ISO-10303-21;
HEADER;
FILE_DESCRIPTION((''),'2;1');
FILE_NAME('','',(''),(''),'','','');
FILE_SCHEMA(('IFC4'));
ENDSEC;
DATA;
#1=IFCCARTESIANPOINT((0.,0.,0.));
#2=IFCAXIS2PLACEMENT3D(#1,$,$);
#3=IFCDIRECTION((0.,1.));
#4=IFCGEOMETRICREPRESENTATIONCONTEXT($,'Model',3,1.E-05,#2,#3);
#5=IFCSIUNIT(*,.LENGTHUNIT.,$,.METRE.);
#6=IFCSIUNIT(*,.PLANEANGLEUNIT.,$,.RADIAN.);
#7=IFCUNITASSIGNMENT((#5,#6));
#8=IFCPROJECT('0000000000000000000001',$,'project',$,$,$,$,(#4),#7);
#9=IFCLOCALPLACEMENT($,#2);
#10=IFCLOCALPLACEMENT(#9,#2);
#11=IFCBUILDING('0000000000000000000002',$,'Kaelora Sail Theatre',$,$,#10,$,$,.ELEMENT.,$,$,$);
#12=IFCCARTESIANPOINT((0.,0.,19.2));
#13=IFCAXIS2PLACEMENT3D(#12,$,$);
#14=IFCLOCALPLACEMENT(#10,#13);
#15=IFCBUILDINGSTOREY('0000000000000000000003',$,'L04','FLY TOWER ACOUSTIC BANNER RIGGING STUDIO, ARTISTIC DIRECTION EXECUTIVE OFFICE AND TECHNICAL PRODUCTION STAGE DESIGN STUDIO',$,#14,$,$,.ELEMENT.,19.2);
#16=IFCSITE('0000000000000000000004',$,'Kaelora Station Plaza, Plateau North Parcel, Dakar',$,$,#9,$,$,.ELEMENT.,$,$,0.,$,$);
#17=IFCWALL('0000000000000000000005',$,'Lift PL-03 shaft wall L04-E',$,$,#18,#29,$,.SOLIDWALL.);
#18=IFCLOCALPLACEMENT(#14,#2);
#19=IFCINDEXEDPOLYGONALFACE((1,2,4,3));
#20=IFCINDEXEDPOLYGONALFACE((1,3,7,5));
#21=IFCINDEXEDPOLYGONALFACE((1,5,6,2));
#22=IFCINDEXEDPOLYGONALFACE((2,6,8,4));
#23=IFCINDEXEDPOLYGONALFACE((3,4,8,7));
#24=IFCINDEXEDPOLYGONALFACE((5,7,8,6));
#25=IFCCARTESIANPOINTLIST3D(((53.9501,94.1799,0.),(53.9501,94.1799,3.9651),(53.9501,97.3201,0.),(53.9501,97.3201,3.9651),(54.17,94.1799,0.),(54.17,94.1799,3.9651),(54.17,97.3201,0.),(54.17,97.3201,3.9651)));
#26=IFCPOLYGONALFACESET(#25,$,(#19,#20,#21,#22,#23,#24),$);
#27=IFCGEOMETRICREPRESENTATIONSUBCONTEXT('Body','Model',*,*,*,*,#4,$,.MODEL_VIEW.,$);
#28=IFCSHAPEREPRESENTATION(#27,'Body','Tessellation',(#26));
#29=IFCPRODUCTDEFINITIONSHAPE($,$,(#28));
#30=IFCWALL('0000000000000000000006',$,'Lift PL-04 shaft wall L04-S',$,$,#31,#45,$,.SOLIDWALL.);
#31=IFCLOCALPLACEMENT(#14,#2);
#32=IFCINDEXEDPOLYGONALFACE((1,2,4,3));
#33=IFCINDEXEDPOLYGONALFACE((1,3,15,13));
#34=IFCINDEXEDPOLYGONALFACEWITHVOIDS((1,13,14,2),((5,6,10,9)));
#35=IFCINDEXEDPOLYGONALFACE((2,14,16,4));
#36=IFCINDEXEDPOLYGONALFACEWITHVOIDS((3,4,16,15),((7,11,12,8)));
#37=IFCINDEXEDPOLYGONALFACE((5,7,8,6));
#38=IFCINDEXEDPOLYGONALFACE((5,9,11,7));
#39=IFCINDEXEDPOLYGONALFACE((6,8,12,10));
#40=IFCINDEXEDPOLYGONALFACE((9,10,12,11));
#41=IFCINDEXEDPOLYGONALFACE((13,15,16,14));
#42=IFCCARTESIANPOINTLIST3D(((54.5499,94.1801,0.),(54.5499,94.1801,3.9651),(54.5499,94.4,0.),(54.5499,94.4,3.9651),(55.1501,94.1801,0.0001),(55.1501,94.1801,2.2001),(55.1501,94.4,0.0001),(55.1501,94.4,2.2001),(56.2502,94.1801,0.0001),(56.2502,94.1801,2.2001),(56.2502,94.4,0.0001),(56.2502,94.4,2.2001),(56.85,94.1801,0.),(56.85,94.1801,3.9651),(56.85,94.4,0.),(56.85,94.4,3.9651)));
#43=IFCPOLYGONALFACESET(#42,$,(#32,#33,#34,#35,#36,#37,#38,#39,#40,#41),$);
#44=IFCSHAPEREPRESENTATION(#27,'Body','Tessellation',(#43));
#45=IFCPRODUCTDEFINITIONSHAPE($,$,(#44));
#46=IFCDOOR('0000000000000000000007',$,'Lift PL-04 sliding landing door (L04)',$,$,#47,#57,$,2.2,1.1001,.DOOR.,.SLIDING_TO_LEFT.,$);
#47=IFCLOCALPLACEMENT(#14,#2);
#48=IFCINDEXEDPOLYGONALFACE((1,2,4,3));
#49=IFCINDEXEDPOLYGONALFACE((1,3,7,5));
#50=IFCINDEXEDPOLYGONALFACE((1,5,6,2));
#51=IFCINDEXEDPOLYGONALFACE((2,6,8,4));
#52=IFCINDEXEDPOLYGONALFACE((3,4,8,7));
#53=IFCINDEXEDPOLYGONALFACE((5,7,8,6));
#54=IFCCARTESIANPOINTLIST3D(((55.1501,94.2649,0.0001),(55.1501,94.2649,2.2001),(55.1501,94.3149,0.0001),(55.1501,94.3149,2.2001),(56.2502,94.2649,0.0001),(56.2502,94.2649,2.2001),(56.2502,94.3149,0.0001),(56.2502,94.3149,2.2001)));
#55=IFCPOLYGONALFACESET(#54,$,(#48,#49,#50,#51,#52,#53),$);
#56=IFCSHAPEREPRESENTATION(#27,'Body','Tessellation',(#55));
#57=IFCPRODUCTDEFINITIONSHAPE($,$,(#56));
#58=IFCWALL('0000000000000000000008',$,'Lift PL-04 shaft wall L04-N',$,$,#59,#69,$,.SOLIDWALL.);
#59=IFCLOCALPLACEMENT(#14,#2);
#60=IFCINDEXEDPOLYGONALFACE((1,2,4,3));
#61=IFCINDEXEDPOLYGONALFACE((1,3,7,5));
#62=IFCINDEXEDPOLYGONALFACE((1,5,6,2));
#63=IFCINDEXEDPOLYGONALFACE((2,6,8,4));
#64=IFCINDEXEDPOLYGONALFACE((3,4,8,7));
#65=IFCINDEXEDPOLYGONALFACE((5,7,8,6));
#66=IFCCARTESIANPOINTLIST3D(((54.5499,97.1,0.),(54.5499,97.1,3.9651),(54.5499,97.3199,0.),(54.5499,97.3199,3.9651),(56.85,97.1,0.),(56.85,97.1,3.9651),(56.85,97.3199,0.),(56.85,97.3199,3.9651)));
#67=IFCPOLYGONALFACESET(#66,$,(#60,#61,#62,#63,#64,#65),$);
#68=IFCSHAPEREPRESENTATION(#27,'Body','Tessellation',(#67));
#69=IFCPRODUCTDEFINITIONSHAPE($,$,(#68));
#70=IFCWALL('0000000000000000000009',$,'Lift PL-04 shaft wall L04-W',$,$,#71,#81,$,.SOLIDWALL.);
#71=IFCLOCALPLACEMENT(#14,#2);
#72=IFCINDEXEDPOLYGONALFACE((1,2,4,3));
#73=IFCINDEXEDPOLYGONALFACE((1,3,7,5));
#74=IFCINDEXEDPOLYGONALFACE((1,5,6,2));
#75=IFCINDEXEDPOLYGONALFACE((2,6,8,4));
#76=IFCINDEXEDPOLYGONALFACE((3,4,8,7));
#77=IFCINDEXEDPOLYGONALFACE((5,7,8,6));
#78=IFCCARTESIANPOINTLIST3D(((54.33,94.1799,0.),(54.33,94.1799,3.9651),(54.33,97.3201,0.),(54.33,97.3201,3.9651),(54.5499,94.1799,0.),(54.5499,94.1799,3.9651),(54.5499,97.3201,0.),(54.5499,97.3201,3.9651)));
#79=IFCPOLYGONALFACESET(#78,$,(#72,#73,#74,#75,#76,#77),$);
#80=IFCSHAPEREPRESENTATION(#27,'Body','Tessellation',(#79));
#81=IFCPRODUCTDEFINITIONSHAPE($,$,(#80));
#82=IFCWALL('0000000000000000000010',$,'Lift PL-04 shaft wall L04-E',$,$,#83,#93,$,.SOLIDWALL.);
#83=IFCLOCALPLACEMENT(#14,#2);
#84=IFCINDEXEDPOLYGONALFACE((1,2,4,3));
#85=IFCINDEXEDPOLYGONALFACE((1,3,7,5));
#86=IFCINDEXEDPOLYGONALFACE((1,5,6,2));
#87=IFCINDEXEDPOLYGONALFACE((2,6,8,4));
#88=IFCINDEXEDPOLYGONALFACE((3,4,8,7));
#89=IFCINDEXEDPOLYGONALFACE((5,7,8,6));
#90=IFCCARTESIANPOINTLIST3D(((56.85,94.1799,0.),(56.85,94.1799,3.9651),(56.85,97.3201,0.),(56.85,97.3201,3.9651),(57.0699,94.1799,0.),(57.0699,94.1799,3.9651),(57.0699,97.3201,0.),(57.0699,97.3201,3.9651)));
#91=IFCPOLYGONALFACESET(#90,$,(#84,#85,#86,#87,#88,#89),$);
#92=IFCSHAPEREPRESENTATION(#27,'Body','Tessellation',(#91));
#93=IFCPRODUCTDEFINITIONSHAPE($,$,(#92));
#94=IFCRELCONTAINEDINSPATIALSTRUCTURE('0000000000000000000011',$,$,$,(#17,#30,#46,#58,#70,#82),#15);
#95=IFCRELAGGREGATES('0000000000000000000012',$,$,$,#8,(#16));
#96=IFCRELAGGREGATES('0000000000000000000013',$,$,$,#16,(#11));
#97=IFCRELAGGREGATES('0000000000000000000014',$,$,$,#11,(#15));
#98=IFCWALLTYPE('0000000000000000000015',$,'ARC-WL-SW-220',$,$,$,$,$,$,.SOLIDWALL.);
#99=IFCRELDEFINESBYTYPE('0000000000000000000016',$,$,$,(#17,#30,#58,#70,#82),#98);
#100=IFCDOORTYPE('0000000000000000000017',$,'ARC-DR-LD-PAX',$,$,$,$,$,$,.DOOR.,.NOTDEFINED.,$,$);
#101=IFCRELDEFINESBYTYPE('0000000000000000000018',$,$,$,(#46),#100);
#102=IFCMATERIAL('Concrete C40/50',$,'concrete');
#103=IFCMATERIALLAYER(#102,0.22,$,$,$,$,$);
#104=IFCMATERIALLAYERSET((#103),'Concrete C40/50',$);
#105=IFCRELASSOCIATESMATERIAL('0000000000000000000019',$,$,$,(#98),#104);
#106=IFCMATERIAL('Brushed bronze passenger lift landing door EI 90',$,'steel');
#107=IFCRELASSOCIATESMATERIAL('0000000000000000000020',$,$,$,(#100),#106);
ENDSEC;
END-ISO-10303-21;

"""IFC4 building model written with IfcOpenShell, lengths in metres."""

from ifc_helpers import new_model, si_unit, direction, frame, frame_2d, origin, place, context, subcontext, project, spatial, rectangle, extrude, material, layer, layer_set, type_object, element, fill, save


model = new_model("IFC4")

# Units and contexts
model_context = context("Model", 3, precision=1e-05, world=origin(), true_north=direction((0.0, 1.0)))
body_context = subcontext(model_context, "Body", "Model", "MODEL_VIEW")
ifc_project = project(units=[si_unit("LENGTHUNIT", "METRE"), si_unit("PLANEANGLEUNIT", "RADIAN")], contexts=[model_context])

# Site, building, storey
site_placement = place(None, origin())
site = spatial("IfcSite", under=ifc_project, at=site_placement, Name="Kaelora Station Plaza, Plateau North Parcel, Dakar", CompositionType="ELEMENT", RefElevation=0.0)
building_placement = place(site_placement, origin())
building = spatial("IfcBuilding", under=site, at=building_placement, Name="Kaelora Sail Theatre", CompositionType="ELEMENT")
storey_placement = place(building_placement, frame((0.0, 0.0, 19.2)))
storey = spatial("IfcBuildingStorey", under=building, at=storey_placement, Name="L04", Description="FLY TOWER ACOUSTIC BANNER RIGGING STUDIO, ARTISTIC DIRECTION EXECUTIVE OFFICE AND TECHNICAL PRODUCTION STAGE DESIGN STUDIO", CompositionType="ELEMENT", Elevation=19.2)

# Shared definitions
ifc_material_1 = material(Name="Concrete C40/50", Category="concrete")
ifc_layer_1 = layer(ifc_material_1, 0.22)
ifc_layer_set_1 = layer_set([ifc_layer_1], Name="Concrete C40/50")
wall_type_1 = type_object("IfcWallType", Name="ARC-WL-SW-220", PredefinedType="SOLIDWALL", material=ifc_layer_set_1)
ifc_material_2 = material(Name="Brushed bronze passenger lift landing door EI 90", Category="steel")
door_type_1 = type_object("IfcDoorType", Name="ARC-DR-LD-PAX", OperationType="NOTDEFINED", PredefinedType="DOOR", material=ifc_material_2)

# Wall
wall_1_placement = place(storey_placement, frame((54.0601, 94.1799, 0.0), z_axis=(0.0, 0.0, 1.0), x_axis=(0.0, 1.0, 0.0)))
element("IfcWall", 1, at=wall_1_placement, inside=storey, type_object=wall_type_1, Name="Lift PL-03 shaft wall L04-E", PredefinedType="SOLIDWALL", context=body_context, shape_type="SweptSolid", body=[
    extrude(rectangle(XDim=3.1401, YDim=0.22, at=frame_2d((1.5701, 0.0))), origin(), (0.0, 0.0, 1.0), 3.9651),
])

# Wall, opening, door
wall_2_placement = place(storey_placement, frame((54.55, 94.29, 0.0), z_axis=(0.0, 0.0, 1.0), x_axis=(1.0, 0.0, 0.0)))
wall_2 = element("IfcWall", 2, at=wall_2_placement, inside=storey, type_object=wall_type_1, Name="Lift PL-04 shaft wall L04-S", PredefinedType="SOLIDWALL", context=body_context, shape_type="SweptSolid", body=[
    extrude(rectangle(XDim=2.3, YDim=0.22, at=frame_2d((1.1499, 0.0))), origin(), (0.0, 0.0, 1.0), 3.9651),
])
opening_1_placement = place(wall_2_placement, frame((0.6001, 0.0, 0.0)))
opening_1 = element("IfcOpeningElement", 3, at=opening_1_placement, cuts=wall_2, PredefinedType="OPENING", context=body_context, shape_type="SweptSolid", body=[
    extrude(rectangle(XDim=1.1001, YDim=2.2, at=frame_2d((0.55, 1.1001))), frame((0.0, 0.1199, 0.0), z_axis=(0.0, -1.0, 0.0), x_axis=(1.0, 0.0, 0.0)), (0.0, 0.0, 1.0), 0.24),
])
door_1_placement = place(opening_1_placement, origin())
door_1 = element("IfcDoor", 4, at=door_1_placement, inside=storey, type_object=door_type_1, Name="Lift PL-04 sliding landing door (L04)", OperationType="SLIDING_TO_LEFT", OverallHeight=2.2, OverallWidth=1.1001, PredefinedType="DOOR", context=body_context, shape_type="SweptSolid", body=[
    extrude(rectangle(XDim=1.1001, YDim=2.2, at=frame_2d((0.55, 1.1001))), frame((0.0, 0.0249, 0.0), z_axis=(0.0, -1.0, 0.0), x_axis=(1.0, 0.0, 0.0)), (0.0, 0.0, 1.0), 0.05),
])
fill(opening_1, door_1)

# Walls
wall_3_placement = place(storey_placement, frame((54.55, 97.21, 0.0), z_axis=(0.0, 0.0, 1.0), x_axis=(1.0, 0.0, 0.0)))
element("IfcWall", 5, at=wall_3_placement, inside=storey, type_object=wall_type_1, Name="Lift PL-04 shaft wall L04-N", PredefinedType="SOLIDWALL", context=body_context, shape_type="SweptSolid", body=[
    extrude(rectangle(XDim=2.3, YDim=0.22, at=frame_2d((1.1499, 0.0))), origin(), (0.0, 0.0, 1.0), 3.9651),
])
for number, where, z_axis, x_axis, name in (
    (6, (54.4399, 94.1799, 0.0), (0.0, 0.0, 1.0), (0.0, 1.0, 0.0), "Lift PL-04 shaft wall L04-W"),
    (7, (56.96, 94.1799, 0.0), (0.0, 0.0, 1.0), (0.0, 1.0, 0.0), "Lift PL-04 shaft wall L04-E"),
):
    element("IfcWall", number, at=place(storey_placement, frame(where, z_axis=z_axis, x_axis=x_axis)), inside=storey, type_object=wall_type_1, Name=name, PredefinedType="SOLIDWALL", context=body_context, shape_type="SweptSolid", body=[
        extrude(rectangle(XDim=3.1401, YDim=0.22, at=frame_2d((1.5701, 0.0))), origin(), (0.0, 0.0, 1.0), 3.9651),
    ])

save(model, "model.ifc")
